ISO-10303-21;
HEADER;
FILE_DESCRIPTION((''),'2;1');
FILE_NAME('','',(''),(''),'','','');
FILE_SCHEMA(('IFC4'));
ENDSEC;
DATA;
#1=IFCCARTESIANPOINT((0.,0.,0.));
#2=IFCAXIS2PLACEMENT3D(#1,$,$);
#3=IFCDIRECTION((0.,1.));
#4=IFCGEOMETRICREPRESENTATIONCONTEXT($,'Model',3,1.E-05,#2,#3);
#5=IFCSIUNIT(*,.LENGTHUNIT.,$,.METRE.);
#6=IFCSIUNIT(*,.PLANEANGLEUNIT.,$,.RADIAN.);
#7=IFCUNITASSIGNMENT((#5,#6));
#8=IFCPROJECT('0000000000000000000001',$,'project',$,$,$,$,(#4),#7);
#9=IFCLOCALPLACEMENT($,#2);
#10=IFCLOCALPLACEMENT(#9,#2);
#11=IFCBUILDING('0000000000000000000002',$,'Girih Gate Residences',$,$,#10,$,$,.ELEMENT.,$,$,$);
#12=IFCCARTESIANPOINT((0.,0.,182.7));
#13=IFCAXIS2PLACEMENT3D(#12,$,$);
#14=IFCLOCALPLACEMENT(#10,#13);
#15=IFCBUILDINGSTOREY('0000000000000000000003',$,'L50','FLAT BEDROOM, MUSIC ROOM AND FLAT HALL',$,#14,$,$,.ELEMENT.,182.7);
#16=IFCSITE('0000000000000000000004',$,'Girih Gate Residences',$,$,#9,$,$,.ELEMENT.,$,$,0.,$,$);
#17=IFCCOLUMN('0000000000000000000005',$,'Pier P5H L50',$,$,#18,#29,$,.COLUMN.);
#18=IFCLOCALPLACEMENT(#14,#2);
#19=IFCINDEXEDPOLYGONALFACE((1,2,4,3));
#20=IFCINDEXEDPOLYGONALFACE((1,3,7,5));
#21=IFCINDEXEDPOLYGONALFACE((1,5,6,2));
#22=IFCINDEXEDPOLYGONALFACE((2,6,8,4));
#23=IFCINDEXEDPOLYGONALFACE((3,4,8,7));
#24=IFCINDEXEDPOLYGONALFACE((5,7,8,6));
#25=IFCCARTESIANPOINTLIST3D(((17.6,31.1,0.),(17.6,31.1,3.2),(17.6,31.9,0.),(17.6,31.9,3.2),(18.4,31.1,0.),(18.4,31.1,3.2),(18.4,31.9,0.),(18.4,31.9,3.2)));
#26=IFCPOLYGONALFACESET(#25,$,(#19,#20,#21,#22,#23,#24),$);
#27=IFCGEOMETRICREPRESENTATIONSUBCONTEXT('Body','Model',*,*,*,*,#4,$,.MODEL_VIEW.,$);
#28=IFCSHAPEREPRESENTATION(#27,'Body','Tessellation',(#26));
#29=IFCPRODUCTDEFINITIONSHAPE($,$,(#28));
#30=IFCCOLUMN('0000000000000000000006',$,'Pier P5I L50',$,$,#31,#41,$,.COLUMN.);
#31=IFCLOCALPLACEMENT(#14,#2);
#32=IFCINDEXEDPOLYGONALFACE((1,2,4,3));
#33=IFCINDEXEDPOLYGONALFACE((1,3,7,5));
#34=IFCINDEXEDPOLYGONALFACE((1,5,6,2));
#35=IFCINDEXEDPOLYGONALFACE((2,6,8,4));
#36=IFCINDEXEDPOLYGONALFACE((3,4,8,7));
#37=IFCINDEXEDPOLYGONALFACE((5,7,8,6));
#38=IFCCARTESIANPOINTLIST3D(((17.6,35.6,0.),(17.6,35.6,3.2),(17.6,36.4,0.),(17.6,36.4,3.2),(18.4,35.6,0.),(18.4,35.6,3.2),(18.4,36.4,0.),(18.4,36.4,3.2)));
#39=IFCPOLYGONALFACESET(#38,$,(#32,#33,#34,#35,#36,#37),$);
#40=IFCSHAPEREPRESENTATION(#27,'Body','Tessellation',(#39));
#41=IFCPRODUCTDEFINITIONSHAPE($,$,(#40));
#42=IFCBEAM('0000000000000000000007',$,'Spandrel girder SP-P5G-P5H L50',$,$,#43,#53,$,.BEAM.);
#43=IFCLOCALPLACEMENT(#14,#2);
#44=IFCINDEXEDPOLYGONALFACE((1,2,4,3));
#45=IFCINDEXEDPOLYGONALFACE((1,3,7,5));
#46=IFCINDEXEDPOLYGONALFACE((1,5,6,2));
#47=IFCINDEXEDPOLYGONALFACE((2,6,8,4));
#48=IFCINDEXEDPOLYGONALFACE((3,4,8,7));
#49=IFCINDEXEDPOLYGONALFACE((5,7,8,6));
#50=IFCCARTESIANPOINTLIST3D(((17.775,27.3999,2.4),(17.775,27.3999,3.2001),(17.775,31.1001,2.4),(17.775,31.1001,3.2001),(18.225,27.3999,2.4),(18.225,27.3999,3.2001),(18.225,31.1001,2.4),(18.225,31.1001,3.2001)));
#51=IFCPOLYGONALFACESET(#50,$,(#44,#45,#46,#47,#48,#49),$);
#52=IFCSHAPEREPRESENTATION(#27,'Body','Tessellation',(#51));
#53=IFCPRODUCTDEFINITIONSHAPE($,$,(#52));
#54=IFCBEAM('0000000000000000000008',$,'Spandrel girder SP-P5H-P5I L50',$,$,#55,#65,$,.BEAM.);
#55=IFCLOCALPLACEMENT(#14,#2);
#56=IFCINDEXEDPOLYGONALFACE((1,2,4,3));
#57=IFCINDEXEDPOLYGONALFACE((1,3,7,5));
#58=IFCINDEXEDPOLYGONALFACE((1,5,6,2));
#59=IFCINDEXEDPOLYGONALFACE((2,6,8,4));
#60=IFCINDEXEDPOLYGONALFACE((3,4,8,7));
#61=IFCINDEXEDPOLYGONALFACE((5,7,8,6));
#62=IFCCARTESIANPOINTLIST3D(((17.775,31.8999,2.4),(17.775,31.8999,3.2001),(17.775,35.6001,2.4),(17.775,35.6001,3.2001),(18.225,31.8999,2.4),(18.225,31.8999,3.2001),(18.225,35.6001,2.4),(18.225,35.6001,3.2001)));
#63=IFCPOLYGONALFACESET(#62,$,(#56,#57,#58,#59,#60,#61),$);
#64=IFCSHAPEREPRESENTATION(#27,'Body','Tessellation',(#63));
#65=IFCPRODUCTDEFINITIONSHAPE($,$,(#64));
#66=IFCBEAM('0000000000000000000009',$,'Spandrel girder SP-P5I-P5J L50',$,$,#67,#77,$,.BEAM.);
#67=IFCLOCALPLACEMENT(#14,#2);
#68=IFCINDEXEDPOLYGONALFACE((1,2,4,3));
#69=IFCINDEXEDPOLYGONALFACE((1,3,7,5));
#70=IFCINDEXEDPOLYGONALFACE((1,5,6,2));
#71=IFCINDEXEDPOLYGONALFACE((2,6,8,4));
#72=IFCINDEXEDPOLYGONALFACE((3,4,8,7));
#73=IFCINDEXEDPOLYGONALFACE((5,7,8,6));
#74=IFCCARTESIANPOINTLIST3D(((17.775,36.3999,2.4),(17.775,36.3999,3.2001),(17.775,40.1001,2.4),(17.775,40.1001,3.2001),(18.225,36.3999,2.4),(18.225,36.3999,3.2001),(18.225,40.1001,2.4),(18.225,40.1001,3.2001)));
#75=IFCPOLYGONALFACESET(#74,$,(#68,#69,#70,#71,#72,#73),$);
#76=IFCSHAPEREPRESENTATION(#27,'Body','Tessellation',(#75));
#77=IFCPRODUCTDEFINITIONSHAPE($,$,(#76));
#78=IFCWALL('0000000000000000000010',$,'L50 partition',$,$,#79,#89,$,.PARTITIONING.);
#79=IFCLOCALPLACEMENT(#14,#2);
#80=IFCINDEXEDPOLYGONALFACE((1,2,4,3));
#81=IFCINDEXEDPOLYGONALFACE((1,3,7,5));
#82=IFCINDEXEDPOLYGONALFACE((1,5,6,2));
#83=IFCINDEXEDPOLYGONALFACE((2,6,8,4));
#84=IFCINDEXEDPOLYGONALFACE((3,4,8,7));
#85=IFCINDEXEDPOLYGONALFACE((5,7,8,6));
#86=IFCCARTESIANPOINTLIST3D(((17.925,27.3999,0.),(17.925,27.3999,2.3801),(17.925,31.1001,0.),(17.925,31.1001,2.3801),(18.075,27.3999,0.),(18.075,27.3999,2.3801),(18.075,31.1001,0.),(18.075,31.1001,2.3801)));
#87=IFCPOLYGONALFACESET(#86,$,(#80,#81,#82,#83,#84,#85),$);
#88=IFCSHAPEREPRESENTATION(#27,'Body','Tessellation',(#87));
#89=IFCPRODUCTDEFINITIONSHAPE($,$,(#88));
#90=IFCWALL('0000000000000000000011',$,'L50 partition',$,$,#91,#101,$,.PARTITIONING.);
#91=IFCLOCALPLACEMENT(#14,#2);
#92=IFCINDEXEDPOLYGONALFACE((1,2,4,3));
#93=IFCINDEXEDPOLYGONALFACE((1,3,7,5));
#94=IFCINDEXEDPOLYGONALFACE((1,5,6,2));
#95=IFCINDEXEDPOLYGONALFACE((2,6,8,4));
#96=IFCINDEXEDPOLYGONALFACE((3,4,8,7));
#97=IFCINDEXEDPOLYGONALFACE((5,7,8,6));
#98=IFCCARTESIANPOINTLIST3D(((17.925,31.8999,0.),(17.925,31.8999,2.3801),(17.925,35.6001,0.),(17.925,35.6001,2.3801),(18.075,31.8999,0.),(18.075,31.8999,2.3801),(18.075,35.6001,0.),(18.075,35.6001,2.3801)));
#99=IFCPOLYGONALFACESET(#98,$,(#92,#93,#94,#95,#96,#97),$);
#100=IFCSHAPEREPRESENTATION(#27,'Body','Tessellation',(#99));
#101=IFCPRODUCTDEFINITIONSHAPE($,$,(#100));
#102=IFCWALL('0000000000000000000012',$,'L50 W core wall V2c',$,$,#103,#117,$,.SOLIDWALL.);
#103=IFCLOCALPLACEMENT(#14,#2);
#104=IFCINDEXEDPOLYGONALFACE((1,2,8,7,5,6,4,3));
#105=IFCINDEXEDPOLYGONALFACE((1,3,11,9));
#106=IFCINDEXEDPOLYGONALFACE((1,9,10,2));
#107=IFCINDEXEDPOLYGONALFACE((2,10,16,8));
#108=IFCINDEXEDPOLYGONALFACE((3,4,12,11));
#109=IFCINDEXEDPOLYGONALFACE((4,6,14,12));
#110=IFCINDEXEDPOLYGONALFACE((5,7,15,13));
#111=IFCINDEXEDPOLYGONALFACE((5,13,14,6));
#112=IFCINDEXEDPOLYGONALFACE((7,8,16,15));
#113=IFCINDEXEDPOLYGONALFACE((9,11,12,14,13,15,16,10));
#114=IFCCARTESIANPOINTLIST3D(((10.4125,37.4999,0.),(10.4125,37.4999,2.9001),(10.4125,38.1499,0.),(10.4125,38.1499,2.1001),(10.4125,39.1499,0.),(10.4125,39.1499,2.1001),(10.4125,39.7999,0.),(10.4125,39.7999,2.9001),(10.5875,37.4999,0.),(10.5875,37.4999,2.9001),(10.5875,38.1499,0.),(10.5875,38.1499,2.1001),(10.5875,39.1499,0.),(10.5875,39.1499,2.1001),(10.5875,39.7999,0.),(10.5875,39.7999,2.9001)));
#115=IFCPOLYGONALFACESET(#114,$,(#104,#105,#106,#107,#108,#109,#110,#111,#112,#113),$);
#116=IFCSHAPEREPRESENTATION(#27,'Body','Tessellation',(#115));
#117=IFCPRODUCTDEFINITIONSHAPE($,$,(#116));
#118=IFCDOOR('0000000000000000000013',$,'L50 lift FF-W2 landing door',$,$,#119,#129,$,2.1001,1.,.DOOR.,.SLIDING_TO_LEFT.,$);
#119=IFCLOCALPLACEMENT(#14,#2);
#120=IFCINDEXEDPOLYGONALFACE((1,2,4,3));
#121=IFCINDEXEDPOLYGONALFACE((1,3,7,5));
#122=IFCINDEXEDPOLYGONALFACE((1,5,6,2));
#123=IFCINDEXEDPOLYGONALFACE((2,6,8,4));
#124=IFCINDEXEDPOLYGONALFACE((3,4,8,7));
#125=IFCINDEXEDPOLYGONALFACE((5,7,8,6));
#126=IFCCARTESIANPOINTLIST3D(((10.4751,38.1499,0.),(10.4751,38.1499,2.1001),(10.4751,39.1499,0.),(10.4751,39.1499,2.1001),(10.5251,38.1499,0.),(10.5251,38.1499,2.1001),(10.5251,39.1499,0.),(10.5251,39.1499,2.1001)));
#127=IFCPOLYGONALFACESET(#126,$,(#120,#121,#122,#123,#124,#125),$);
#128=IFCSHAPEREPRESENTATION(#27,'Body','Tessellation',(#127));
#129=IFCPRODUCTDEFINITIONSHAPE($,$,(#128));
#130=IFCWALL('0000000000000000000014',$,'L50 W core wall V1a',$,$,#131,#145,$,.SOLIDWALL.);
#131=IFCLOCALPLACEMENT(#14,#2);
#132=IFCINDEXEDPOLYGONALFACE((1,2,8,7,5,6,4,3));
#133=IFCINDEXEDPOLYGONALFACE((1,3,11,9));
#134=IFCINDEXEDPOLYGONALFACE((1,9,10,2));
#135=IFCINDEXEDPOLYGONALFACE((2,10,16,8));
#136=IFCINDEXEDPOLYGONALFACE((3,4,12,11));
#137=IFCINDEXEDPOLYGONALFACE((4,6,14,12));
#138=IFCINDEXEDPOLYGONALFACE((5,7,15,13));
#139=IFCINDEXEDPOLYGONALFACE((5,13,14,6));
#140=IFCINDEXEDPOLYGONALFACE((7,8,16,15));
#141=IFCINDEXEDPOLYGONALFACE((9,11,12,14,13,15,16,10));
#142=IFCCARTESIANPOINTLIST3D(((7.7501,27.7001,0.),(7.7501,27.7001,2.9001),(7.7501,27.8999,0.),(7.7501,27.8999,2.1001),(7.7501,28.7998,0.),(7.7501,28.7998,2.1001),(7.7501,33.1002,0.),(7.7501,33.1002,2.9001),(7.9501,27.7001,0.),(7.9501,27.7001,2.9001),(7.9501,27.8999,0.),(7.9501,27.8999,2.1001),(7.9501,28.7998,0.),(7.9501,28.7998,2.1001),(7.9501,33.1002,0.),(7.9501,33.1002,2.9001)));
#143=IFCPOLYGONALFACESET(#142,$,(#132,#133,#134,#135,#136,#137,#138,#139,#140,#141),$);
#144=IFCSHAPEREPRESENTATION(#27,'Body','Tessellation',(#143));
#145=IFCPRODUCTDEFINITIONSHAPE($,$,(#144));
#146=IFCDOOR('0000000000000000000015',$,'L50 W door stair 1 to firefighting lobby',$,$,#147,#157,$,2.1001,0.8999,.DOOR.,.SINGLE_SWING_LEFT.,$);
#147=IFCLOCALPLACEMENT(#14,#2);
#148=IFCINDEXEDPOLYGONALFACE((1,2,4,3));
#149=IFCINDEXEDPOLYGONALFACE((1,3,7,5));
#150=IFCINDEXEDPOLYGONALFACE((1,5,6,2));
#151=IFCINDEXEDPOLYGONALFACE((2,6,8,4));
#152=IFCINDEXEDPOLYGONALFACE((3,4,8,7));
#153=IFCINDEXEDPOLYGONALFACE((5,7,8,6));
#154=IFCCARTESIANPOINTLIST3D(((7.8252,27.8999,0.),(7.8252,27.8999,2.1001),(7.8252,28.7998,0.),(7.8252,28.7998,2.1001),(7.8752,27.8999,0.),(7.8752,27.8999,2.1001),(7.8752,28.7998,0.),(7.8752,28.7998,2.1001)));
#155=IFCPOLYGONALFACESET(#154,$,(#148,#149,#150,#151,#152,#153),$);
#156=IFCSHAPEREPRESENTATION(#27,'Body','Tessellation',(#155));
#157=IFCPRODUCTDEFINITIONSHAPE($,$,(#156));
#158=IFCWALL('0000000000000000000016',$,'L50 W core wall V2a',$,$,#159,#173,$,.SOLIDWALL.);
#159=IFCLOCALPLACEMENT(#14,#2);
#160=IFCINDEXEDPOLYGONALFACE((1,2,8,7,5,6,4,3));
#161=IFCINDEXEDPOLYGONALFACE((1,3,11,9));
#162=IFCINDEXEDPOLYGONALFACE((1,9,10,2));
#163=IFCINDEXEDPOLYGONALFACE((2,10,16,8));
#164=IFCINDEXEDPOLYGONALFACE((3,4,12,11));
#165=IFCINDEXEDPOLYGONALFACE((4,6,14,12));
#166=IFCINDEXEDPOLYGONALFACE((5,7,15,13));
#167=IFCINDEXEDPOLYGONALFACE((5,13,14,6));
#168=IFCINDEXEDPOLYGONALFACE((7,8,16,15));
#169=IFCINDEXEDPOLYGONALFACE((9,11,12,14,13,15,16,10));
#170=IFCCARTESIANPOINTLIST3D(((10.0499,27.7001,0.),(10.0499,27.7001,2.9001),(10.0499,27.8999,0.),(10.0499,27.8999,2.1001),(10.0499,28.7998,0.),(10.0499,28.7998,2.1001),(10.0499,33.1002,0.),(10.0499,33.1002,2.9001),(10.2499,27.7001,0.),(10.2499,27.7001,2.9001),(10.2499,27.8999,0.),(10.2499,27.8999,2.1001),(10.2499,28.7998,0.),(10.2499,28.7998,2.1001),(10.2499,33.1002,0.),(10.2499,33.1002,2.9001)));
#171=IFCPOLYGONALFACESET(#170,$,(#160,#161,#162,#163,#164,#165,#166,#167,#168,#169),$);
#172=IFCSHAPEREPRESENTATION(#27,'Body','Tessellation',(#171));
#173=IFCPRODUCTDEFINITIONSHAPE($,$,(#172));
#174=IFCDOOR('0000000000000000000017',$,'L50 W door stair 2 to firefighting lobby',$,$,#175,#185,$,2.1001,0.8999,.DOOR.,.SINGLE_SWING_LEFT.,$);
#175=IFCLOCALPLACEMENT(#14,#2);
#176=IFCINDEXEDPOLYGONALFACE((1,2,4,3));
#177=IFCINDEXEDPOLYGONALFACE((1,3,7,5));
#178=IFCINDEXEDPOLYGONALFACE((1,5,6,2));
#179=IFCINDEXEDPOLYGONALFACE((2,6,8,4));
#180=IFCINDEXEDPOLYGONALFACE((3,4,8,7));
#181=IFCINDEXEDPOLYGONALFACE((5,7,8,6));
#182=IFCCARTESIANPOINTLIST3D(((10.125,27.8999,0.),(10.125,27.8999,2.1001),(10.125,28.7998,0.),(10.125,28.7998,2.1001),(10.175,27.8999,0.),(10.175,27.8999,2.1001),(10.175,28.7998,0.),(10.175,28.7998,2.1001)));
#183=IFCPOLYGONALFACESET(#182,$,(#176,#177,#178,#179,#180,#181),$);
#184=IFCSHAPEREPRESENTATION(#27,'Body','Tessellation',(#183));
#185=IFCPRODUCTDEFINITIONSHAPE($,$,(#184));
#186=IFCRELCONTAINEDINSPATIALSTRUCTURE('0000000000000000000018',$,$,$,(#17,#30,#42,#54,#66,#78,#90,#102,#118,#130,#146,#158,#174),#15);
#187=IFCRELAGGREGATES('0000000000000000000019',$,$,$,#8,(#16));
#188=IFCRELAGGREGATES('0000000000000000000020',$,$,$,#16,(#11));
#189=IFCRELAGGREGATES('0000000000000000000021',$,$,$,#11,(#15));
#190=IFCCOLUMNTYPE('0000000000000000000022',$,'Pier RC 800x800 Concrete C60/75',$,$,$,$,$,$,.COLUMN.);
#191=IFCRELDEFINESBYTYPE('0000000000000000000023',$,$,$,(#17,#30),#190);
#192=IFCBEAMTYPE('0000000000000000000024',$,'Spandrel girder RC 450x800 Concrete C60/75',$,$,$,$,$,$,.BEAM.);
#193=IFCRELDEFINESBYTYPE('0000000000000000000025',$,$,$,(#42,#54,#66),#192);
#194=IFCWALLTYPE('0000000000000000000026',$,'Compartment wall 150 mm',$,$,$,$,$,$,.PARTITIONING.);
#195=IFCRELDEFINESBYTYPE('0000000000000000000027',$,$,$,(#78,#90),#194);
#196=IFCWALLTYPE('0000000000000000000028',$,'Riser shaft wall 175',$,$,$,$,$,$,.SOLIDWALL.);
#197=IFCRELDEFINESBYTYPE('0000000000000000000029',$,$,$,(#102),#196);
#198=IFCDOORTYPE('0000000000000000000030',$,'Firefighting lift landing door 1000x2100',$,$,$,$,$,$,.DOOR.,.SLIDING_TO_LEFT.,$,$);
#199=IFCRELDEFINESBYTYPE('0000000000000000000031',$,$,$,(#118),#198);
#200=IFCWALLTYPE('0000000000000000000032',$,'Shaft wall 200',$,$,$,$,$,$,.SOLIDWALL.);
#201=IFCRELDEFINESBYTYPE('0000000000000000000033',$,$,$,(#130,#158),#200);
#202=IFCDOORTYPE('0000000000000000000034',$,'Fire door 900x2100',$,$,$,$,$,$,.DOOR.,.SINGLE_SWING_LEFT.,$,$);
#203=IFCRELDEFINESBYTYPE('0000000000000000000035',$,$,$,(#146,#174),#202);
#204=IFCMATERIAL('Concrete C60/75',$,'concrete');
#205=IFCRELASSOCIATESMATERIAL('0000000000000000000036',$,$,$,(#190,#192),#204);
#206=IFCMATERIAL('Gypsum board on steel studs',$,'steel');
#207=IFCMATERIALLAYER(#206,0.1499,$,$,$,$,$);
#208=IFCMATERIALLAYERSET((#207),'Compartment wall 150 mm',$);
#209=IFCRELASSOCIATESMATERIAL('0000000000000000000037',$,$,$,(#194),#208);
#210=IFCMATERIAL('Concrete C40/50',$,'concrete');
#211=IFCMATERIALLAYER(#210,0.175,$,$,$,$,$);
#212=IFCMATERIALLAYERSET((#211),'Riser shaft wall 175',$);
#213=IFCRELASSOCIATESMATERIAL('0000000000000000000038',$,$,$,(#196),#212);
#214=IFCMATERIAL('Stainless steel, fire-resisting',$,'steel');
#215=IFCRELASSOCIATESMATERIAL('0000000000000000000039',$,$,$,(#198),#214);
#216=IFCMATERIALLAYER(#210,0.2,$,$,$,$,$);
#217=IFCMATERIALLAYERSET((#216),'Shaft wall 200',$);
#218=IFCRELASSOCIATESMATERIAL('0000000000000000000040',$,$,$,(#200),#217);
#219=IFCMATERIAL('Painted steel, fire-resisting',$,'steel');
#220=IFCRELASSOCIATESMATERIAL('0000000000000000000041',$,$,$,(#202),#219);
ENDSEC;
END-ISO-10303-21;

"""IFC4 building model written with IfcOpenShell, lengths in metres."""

from ifc_helpers import new_model, si_unit, direction, frame, frame_2d, origin, origin_2d, place, context, subcontext, project, spatial, rectangle, extrude, material, layer, layer_set, material_profile, profile_set, type_object, element, fill, save


model = new_model("IFC4")

# Units and contexts
model_context = context("Model", 3, precision=1e-05, world=origin(), true_north=direction((0.0, 1.0)))
body_context = subcontext(model_context, "Body", "Model", "MODEL_VIEW")
ifc_project = project(units=[si_unit("LENGTHUNIT", "METRE"), si_unit("PLANEANGLEUNIT", "RADIAN")], contexts=[model_context])

# Site, building, storey
site_placement = place(None, origin())
site = spatial("IfcSite", under=ifc_project, at=site_placement, Name="Girih Gate Residences", CompositionType="ELEMENT", RefElevation=0.0)
building_placement = place(site_placement, origin())
building = spatial("IfcBuilding", under=site, at=building_placement, Name="Girih Gate Residences", CompositionType="ELEMENT")
storey_placement = place(building_placement, frame((0.0, 0.0, 182.7)))
storey = spatial("IfcBuildingStorey", under=building, at=storey_placement, Name="L50", Description="FLAT BEDROOM, MUSIC ROOM AND FLAT HALL", CompositionType="ELEMENT", Elevation=182.7)

# Columns
ifc_material_1 = material(Name="Concrete C60/75", Category="concrete")
ifc_material_profile_1 = material_profile(ifc_material_1, rectangle(XDim=0.8, YDim=0.8, at=origin_2d()))
ifc_profile_set_1 = profile_set([ifc_material_profile_1], Name="Concrete C60/75")
column_type = type_object("IfcColumnType", Name="Pier RC 800x800 Concrete C60/75", PredefinedType="COLUMN", material=ifc_profile_set_1)
for number, where, z_axis, x_axis, name in (
    (1, (18.0, 31.5, 0.0), (0.0, 0.0, 1.0), (1.0, 0.0, 0.0), "Pier P5H L50"),
    (2, (18.0, 36.0, 0.0), (0.0, 0.0, 1.0), (1.0, 0.0, 0.0), "Pier P5I L50"),
):
    element("IfcColumn", number, at=place(storey_placement, frame(where, z_axis=z_axis, x_axis=x_axis)), inside=storey, type_object=column_type, Name=name, PredefinedType="COLUMN", context=body_context, shape_type="SweptSolid", body=[
        extrude(rectangle(XDim=0.8, YDim=0.8, at=origin_2d()), origin(), (0.0, 0.0, 1.0), 3.2),
    ])

# Beams
ifc_material_profile_2 = material_profile(ifc_material_1, rectangle(XDim=0.45, YDim=0.8, at=origin_2d()))
ifc_profile_set_2 = profile_set([ifc_material_profile_2], Name="Concrete C60/75")
beam_type = type_object("IfcBeamType", Name="Spandrel girder RC 450x800 Concrete C60/75", PredefinedType="BEAM", material=ifc_profile_set_2)
for number, where, z_axis, x_axis, name in (
    (3, (18.0, 27.3999, 2.8), (0.0, 1.0, 0.0), (-1.0, 0.0, 0.0), "Spandrel girder SP-P5G-P5H L50"),
    (4, (18.0, 31.8999, 2.8), (0.0, 1.0, 0.0), (-1.0, 0.0, 0.0), "Spandrel girder SP-P5H-P5I L50"),
    (5, (18.0, 36.3999, 2.8), (0.0, 1.0, 0.0), (-1.0, 0.0, 0.0), "Spandrel girder SP-P5I-P5J L50"),
):
    element("IfcBeam", number, at=place(storey_placement, frame(where, z_axis=z_axis, x_axis=x_axis)), inside=storey, type_object=beam_type, Name=name, PredefinedType="BEAM", context=body_context, shape_type="SweptSolid", body=[
        extrude(rectangle(XDim=0.45, YDim=0.8, at=origin_2d()), origin(), (0.0, 0.0, 1.0), 3.7002),
    ])

# Walls
ifc_material_2 = material(Name="Gypsum board on steel studs", Category="steel")
ifc_layer_1 = layer(ifc_material_2, 0.1499)
ifc_layer_set_1 = layer_set([ifc_layer_1], Name="Compartment wall 150 mm")
wall_type_1 = type_object("IfcWallType", Name="Compartment wall 150 mm", PredefinedType="PARTITIONING", material=ifc_layer_set_1)
for number, where, z_axis, x_axis, name in (
    (6, (18.0, 27.3999, 0.0), (0.0, 0.0, 1.0), (0.0, 1.0, 0.0), "L50 partition"),
    (7, (18.0, 31.8999, 0.0), (0.0, 0.0, 1.0), (0.0, 1.0, 0.0), "L50 partition"),
):
    element("IfcWall", number, at=place(storey_placement, frame(where, z_axis=z_axis, x_axis=x_axis)), inside=storey, type_object=wall_type_1, Name=name, PredefinedType="PARTITIONING", context=body_context, shape_type="SweptSolid", body=[
        extrude(rectangle(XDim=3.7002, YDim=0.1499, at=frame_2d((1.8501, 0.0))), origin(), (0.0, 0.0, 1.0), 2.3801),
    ])

# Walls, openings, doors
ifc_material_3 = material(Name="Concrete C40/50", Category="concrete")
ifc_layer_2 = layer(ifc_material_3, 0.175)
ifc_layer_set_2 = layer_set([ifc_layer_2], Name="Riser shaft wall 175")
wall_type_2 = type_object("IfcWallType", Name="Riser shaft wall 175", PredefinedType="SOLIDWALL", material=ifc_layer_set_2)
wall_1_placement = place(storey_placement, frame((10.5, 37.5, 0.0), z_axis=(0.0, 0.0, 1.0), x_axis=(0.0, 1.0, 0.0)))
wall_1 = element("IfcWall", 8, at=wall_1_placement, inside=storey, type_object=wall_type_2, Name="L50 W core wall V2c", PredefinedType="SOLIDWALL", context=body_context, shape_type="SweptSolid", body=[
    extrude(rectangle(XDim=2.3, YDim=0.175, at=frame_2d((1.1499, 0.0))), origin(), (0.0, 0.0, 1.0), 2.9001),
])
opening_1_placement = place(wall_1_placement, frame((0.6499, 0.0, 0.0)))
opening_1 = element("IfcOpeningElement", 9, at=opening_1_placement, cuts=wall_1, PredefinedType="OPENING", context=body_context, shape_type="SweptSolid", body=[
    extrude(rectangle(XDim=1.0, YDim=2.1001, at=frame_2d((0.5, 1.05))), frame((0.0, 0.0974, 0.0), z_axis=(0.0, -1.0, 0.0), x_axis=(1.0, 0.0, 0.0)), (0.0, 0.0, 1.0), 0.1951),
])
ifc_material_4 = material(Name="Stainless steel, fire-resisting", Category="steel")
door_type_1 = type_object("IfcDoorType", Name="Firefighting lift landing door 1000x2100", OperationType="SLIDING_TO_LEFT", PredefinedType="DOOR", material=ifc_material_4)
door_1_placement = place(opening_1_placement, origin())
door_1 = element("IfcDoor", 10, at=door_1_placement, inside=storey, type_object=door_type_1, Name="L50 lift FF-W2 landing door", OperationType="SLIDING_TO_LEFT", OverallHeight=2.1001, OverallWidth=1.0, PredefinedType="DOOR", context=body_context, shape_type="SweptSolid", body=[
    extrude(rectangle(XDim=1.0, YDim=2.1001, at=frame_2d((0.5, 1.05))), frame((0.0, 0.0249, 0.0), z_axis=(0.0, -1.0, 0.0), x_axis=(1.0, 0.0, 0.0)), (0.0, 0.0, 1.0), 0.05),
])
fill(opening_1, door_1)
ifc_layer_3 = layer(ifc_material_3, 0.2)
ifc_layer_set_3 = layer_set([ifc_layer_3], Name="Shaft wall 200")
wall_type_3 = type_object("IfcWallType", Name="Shaft wall 200", PredefinedType="SOLIDWALL", material=ifc_layer_set_3)
wall_2_placement = place(storey_placement, frame((7.8501, 27.7, 0.0), z_axis=(0.0, 0.0, 1.0), x_axis=(0.0, 1.0, 0.0)))
wall_2 = element("IfcWall", 11, at=wall_2_placement, inside=storey, type_object=wall_type_3, Name="L50 W core wall V1a", PredefinedType="SOLIDWALL", context=body_context, shape_type="SweptSolid", body=[
    extrude(rectangle(XDim=5.4001, YDim=0.2, at=frame_2d((2.7002, 0.0))), origin(), (0.0, 0.0, 1.0), 2.9001),
])
opening_2_placement = place(wall_2_placement, frame((0.2, 0.0, 0.0)))
opening_2 = element("IfcOpeningElement", 12, at=opening_2_placement, cuts=wall_2, PredefinedType="OPENING", context=body_context, shape_type="SweptSolid", body=[
    extrude(rectangle(XDim=0.8999, YDim=2.1001, at=frame_2d((0.45, 1.05))), frame((0.0, 0.1099, 0.0), z_axis=(0.0, -1.0, 0.0), x_axis=(1.0, 0.0, 0.0)), (0.0, 0.0, 1.0), 0.22),
])
ifc_material_5 = material(Name="Painted steel, fire-resisting", Category="steel")
door_type_2 = type_object("IfcDoorType", Name="Fire door 900x2100", OperationType="SINGLE_SWING_LEFT", PredefinedType="DOOR", material=ifc_material_5)
door_2_placement = place(opening_2_placement, origin())
door_2 = element("IfcDoor", 13, at=door_2_placement, inside=storey, type_object=door_type_2, Name="L50 W door stair 1 to firefighting lobby", OperationType="SINGLE_SWING_LEFT", OverallHeight=2.1001, OverallWidth=0.8999, PredefinedType="DOOR", context=body_context, shape_type="SweptSolid", body=[
    extrude(rectangle(XDim=0.8999, YDim=2.1001, at=frame_2d((0.45, 1.05))), frame((0.0, 0.0249, 0.0), z_axis=(0.0, -1.0, 0.0), x_axis=(1.0, 0.0, 0.0)), (0.0, 0.0, 1.0), 0.05),
])
fill(opening_2, door_2)
wall_3_placement = place(storey_placement, frame((10.1499, 27.7, 0.0), z_axis=(0.0, 0.0, 1.0), x_axis=(0.0, 1.0, 0.0)))
wall_3 = element("IfcWall", 14, at=wall_3_placement, inside=storey, type_object=wall_type_3, Name="L50 W core wall V2a", PredefinedType="SOLIDWALL", context=body_context, shape_type="SweptSolid", body=[
    extrude(rectangle(XDim=5.4001, YDim=0.2, at=frame_2d((2.7002, 0.0))), origin(), (0.0, 0.0, 1.0), 2.9001),
])
opening_3_placement = place(wall_3_placement, frame((0.2, 0.0, 0.0)))
opening_3 = element("IfcOpeningElement", 15, at=opening_3_placement, cuts=wall_3, PredefinedType="OPENING", context=body_context, shape_type="SweptSolid", body=[
    extrude(rectangle(XDim=0.8999, YDim=2.1001, at=frame_2d((0.45, 1.05))), frame((0.0, 0.1099, 0.0), z_axis=(0.0, -1.0, 0.0), x_axis=(1.0, 0.0, 0.0)), (0.0, 0.0, 1.0), 0.22),
])
door_3_placement = place(opening_3_placement, origin())
door_3 = element("IfcDoor", 16, at=door_3_placement, inside=storey, type_object=door_type_2, Name="L50 W door stair 2 to firefighting lobby", OperationType="SINGLE_SWING_LEFT", OverallHeight=2.1001, OverallWidth=0.8999, PredefinedType="DOOR", context=body_context, shape_type="SweptSolid", body=[
    extrude(rectangle(XDim=0.8999, YDim=2.1001, at=frame_2d((0.45, 1.05))), frame((0.0, 0.0249, 0.0), z_axis=(0.0, -1.0, 0.0), x_axis=(1.0, 0.0, 0.0)), (0.0, 0.0, 1.0), 0.05),
])
fill(opening_3, door_3)

save(model, "model.ifc")
